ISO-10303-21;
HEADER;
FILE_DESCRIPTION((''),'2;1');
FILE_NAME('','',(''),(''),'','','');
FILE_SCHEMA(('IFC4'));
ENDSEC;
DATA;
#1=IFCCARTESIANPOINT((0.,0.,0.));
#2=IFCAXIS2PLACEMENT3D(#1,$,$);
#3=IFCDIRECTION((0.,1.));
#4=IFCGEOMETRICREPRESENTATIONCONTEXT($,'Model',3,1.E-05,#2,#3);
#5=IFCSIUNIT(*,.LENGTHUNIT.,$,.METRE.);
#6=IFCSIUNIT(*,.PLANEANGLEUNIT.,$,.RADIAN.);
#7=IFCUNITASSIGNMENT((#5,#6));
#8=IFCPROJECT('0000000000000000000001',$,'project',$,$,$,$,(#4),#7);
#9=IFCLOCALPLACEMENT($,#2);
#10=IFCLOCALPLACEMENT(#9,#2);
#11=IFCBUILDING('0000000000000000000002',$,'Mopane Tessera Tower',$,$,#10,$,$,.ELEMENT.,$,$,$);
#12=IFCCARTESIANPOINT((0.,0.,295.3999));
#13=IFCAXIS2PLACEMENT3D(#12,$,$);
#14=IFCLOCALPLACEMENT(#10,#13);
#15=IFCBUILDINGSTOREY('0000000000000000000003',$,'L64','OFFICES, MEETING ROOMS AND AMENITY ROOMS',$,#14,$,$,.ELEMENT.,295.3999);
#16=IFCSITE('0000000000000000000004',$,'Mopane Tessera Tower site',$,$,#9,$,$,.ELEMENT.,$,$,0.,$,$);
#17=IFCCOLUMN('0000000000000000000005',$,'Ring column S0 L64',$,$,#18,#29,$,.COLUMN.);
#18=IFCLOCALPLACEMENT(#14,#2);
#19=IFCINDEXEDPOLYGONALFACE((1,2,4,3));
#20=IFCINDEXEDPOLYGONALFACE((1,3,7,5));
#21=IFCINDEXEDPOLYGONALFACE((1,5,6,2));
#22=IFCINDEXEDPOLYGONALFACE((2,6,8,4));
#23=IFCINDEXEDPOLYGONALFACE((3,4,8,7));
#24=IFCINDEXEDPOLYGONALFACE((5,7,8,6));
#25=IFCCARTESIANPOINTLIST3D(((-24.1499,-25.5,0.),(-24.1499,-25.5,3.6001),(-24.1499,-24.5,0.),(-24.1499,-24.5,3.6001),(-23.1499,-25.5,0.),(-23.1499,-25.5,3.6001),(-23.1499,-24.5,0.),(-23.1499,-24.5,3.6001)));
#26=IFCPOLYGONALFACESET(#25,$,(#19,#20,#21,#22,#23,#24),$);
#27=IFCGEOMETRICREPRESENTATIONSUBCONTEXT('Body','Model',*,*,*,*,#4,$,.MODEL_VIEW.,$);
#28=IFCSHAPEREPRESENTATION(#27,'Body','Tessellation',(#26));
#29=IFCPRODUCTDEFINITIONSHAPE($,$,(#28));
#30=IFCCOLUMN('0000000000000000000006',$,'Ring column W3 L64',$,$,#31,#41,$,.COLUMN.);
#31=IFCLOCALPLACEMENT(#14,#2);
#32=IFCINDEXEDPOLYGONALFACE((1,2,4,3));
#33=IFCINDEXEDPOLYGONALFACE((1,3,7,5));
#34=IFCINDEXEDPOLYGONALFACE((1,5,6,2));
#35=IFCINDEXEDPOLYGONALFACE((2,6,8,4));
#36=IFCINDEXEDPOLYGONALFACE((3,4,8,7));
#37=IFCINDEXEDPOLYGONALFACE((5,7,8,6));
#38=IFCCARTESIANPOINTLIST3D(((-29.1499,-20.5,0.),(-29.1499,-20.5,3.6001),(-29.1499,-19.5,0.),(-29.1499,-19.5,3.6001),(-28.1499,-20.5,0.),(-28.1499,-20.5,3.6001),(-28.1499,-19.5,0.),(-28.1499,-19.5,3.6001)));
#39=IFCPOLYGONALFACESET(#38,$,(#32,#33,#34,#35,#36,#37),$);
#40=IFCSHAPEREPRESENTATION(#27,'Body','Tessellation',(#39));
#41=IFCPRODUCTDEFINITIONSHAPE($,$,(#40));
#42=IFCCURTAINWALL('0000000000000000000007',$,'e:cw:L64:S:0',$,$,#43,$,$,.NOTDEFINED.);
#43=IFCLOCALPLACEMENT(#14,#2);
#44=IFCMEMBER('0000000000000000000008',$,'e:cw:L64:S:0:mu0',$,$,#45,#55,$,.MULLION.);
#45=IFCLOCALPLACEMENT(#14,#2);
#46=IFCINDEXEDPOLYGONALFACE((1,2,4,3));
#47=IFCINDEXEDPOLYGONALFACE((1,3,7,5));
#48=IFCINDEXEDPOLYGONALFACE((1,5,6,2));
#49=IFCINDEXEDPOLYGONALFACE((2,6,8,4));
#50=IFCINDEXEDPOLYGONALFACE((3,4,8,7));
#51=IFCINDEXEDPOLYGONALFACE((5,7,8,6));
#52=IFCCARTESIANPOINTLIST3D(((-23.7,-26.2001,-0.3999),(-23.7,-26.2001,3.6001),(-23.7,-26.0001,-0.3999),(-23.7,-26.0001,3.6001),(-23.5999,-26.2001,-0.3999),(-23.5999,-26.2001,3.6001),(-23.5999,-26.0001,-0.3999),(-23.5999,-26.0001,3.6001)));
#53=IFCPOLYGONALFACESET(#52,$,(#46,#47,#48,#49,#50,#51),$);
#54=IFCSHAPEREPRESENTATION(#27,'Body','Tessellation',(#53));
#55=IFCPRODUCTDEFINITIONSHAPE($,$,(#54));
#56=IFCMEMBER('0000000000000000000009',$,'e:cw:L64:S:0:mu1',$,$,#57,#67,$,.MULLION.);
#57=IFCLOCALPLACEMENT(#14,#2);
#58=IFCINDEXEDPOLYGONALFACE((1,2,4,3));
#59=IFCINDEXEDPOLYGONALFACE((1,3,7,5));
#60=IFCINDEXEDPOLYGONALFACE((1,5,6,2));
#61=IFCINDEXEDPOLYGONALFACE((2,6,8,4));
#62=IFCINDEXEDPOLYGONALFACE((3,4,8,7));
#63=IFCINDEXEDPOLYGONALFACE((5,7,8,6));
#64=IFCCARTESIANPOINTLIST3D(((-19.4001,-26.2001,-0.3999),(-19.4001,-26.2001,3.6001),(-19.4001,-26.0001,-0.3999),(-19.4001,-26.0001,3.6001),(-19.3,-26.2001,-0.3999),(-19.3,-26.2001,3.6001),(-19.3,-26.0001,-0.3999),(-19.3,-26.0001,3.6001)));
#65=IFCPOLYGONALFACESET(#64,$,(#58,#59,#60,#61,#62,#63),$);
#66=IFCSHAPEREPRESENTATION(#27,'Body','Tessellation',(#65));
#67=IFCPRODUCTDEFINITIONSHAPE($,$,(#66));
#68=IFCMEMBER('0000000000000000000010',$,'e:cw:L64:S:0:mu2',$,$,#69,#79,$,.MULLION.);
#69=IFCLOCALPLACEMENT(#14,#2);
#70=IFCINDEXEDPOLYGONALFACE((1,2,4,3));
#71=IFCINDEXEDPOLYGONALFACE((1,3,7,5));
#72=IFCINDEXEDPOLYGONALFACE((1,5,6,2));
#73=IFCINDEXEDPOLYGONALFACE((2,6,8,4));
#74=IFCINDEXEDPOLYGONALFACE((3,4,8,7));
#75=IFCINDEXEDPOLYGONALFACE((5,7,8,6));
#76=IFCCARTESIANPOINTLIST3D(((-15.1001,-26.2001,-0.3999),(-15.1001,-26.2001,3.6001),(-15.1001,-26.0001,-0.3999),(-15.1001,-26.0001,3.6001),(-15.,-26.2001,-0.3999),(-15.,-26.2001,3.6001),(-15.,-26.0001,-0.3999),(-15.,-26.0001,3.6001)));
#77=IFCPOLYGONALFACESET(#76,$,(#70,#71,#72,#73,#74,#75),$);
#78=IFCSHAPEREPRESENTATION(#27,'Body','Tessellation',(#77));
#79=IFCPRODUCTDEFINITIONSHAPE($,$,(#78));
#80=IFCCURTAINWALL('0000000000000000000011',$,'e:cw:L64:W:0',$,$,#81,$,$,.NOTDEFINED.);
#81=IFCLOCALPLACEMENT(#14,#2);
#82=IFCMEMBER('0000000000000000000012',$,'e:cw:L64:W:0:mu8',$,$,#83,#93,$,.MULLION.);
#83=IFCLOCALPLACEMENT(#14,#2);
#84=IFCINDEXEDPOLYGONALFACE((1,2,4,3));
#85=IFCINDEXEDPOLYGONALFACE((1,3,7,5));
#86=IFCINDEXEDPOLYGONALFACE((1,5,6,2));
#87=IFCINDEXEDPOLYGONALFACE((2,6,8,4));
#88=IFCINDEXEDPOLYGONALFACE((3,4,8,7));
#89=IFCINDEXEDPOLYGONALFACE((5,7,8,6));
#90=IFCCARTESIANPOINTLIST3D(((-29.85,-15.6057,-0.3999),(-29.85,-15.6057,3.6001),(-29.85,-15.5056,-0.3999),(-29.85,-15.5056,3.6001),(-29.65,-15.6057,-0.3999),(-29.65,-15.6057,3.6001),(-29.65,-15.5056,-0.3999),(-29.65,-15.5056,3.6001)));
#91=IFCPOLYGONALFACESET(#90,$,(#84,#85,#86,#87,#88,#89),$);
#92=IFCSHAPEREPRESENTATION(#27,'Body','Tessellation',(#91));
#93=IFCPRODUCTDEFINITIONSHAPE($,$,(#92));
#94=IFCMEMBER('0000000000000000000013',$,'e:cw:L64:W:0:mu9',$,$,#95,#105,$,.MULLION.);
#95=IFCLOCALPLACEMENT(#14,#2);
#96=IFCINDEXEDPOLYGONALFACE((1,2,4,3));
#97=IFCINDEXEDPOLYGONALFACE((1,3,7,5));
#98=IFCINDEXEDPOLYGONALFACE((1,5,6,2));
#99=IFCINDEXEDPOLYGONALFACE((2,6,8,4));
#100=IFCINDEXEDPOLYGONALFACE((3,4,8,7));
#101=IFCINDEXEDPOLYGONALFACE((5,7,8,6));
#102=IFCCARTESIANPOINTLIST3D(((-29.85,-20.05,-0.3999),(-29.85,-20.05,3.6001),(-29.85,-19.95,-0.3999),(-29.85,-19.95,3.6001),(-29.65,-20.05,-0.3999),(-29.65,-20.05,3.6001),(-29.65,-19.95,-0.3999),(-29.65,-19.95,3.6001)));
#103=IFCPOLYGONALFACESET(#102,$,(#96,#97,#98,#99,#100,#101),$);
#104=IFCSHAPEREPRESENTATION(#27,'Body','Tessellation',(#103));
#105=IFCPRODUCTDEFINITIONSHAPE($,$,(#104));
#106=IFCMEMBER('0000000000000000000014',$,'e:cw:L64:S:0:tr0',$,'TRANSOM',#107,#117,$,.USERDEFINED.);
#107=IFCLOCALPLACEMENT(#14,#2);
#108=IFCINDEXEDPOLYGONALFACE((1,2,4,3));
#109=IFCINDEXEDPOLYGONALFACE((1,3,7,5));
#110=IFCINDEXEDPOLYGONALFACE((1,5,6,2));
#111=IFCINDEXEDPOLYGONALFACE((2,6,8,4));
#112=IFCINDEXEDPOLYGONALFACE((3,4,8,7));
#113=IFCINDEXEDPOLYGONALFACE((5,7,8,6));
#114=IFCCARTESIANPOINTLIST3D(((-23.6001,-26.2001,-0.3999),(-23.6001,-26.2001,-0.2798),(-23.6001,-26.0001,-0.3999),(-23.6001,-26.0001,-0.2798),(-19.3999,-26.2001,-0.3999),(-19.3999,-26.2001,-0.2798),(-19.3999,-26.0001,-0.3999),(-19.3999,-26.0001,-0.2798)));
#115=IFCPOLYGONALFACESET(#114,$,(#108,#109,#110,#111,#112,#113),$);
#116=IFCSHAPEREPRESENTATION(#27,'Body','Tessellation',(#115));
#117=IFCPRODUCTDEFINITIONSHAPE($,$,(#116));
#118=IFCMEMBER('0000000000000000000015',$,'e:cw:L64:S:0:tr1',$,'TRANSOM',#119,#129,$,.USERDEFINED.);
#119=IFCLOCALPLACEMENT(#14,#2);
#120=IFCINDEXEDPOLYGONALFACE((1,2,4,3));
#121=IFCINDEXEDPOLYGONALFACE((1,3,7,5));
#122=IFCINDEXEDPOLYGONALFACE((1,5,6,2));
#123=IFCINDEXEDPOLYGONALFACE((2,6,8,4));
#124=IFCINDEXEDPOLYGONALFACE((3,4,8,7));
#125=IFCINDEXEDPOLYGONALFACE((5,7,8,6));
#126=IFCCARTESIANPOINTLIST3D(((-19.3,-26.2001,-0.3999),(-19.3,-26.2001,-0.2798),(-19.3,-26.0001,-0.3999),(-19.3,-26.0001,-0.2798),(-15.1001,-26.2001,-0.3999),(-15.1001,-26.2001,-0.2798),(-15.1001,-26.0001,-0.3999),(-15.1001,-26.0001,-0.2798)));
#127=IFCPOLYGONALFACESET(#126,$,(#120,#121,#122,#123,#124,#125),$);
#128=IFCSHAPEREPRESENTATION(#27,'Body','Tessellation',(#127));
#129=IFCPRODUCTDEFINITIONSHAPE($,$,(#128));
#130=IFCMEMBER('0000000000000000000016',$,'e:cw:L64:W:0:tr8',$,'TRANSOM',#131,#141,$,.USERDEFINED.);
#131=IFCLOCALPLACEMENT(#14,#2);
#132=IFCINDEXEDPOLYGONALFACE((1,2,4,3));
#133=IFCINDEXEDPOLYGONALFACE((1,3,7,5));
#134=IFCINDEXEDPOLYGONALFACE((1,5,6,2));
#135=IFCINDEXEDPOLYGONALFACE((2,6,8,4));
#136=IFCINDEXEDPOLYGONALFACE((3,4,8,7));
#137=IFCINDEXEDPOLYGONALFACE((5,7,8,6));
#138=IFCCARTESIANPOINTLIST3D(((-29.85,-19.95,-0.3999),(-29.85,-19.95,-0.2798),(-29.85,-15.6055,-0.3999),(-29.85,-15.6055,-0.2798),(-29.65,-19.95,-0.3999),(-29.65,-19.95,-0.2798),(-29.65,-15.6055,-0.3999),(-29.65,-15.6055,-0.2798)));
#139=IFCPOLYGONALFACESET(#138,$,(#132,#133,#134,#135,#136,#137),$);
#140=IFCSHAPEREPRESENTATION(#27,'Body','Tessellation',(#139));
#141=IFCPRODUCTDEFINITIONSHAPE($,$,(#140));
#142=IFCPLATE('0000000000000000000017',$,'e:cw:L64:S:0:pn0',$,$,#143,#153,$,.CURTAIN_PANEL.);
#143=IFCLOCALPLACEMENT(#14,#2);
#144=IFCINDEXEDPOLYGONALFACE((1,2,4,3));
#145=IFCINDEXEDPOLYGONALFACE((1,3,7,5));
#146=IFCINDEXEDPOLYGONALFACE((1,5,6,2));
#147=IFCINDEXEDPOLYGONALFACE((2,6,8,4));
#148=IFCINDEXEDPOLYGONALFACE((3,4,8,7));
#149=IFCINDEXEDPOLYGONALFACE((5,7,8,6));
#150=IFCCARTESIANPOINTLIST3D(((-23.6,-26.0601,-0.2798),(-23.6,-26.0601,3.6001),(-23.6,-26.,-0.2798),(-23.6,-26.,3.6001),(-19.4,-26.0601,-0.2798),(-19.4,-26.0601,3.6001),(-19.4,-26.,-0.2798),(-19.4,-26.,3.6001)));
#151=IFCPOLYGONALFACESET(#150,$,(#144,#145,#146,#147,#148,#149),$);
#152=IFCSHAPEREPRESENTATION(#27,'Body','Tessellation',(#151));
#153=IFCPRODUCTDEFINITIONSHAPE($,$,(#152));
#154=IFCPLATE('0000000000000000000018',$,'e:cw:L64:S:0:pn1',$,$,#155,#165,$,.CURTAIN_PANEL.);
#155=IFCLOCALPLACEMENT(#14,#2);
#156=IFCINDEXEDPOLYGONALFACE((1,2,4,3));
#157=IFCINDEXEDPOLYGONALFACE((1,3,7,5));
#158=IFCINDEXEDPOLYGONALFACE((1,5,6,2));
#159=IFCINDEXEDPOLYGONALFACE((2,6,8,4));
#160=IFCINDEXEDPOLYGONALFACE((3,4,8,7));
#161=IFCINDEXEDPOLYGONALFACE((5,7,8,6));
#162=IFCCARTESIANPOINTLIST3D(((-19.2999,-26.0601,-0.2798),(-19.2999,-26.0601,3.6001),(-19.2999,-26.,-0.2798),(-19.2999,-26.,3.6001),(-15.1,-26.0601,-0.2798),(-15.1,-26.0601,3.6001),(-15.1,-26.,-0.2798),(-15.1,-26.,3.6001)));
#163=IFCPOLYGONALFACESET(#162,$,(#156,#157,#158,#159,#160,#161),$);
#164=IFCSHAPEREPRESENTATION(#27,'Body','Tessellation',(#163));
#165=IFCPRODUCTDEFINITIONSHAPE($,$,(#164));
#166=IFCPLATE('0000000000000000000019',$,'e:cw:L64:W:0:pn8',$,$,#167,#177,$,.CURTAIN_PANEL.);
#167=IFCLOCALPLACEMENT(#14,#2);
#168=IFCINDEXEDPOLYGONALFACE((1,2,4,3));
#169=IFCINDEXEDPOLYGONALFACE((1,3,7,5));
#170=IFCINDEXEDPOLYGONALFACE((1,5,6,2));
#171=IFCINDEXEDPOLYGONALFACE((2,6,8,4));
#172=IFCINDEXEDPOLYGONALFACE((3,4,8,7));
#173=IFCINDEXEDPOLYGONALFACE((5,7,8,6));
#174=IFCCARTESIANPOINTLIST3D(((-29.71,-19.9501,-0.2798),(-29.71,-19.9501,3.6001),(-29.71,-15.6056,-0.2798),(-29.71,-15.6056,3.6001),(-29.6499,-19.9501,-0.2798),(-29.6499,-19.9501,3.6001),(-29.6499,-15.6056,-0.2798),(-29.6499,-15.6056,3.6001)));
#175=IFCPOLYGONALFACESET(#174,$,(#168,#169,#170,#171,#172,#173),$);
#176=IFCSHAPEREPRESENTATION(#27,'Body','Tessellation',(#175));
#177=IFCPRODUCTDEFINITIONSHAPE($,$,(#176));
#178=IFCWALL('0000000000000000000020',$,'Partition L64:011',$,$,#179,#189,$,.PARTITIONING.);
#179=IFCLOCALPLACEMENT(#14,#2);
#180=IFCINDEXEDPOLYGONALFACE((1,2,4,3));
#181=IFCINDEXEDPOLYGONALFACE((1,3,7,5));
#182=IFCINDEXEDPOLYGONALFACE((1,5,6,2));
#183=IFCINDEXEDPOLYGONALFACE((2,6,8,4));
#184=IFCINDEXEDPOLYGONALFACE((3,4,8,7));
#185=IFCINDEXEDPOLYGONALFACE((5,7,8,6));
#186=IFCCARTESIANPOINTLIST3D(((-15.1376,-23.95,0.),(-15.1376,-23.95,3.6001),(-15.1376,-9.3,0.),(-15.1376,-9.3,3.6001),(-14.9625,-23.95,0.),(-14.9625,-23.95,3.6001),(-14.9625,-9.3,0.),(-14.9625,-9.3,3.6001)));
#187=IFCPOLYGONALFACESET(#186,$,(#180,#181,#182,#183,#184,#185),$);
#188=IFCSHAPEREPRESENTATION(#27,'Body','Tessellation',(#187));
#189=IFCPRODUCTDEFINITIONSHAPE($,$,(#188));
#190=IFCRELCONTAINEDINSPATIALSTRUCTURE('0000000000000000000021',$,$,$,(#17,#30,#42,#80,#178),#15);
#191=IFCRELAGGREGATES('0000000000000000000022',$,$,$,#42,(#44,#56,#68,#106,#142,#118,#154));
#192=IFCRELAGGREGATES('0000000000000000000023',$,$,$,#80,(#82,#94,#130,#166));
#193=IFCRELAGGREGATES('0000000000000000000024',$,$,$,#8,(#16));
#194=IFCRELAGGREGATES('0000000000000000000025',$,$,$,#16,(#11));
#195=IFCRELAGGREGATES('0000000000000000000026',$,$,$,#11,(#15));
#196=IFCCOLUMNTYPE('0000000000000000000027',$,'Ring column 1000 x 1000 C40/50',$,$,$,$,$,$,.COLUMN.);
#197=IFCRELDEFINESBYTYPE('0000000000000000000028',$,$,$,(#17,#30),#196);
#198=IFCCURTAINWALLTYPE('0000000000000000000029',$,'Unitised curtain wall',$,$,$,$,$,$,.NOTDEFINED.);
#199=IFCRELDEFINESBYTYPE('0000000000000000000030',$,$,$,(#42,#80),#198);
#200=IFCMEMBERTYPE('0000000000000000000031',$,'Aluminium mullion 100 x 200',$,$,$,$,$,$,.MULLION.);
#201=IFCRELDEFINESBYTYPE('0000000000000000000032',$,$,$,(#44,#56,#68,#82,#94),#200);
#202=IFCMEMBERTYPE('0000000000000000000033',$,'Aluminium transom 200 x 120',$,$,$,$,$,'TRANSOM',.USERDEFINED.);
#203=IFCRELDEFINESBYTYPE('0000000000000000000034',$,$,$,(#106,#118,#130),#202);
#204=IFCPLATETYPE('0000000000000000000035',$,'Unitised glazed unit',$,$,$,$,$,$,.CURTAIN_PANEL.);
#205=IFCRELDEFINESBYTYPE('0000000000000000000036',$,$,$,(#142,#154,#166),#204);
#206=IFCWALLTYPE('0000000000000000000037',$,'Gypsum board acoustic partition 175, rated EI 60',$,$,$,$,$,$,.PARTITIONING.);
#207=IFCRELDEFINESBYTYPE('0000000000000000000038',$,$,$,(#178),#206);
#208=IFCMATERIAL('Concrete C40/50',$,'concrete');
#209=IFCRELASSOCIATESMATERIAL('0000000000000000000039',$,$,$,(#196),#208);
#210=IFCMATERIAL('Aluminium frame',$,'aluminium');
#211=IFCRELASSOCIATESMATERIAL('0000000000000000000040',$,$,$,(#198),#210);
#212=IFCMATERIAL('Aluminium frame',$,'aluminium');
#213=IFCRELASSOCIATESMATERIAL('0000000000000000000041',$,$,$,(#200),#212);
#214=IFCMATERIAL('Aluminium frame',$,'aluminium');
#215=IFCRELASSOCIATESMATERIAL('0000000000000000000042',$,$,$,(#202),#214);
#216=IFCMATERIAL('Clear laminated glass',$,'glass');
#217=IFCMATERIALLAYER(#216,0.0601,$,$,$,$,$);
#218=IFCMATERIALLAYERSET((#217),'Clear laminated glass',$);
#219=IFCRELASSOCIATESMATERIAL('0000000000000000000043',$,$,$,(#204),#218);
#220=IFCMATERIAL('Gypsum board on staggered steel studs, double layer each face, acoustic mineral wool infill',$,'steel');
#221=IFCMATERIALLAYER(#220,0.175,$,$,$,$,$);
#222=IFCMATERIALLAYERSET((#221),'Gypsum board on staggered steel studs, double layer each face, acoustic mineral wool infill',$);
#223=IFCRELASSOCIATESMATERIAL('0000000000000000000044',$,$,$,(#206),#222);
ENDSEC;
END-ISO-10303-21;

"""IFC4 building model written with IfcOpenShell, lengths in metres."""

from ifc_helpers import new_model, si_unit, direction, frame, frame_2d, origin, origin_2d, place, context, subcontext, project, spatial, rectangle, extrude, material, layer, layer_set, material_profile, profile_set, type_object, element, aggregate, save


model = new_model("IFC4")

# Units and contexts
model_context = context("Model", 3, precision=1e-05, world=origin(), true_north=direction((0.0, 1.0)))
body_context = subcontext(model_context, "Body", "Model", "MODEL_VIEW")
ifc_project = project(units=[si_unit("LENGTHUNIT", "METRE"), si_unit("PLANEANGLEUNIT", "RADIAN")], contexts=[model_context])

# Site, building, storey
site_placement = place(None, origin())
site = spatial("IfcSite", under=ifc_project, at=site_placement, Name="Mopane Tessera Tower site", CompositionType="ELEMENT", RefElevation=0.0)
building_placement = place(site_placement, origin())
building = spatial("IfcBuilding", under=site, at=building_placement, Name="Mopane Tessera Tower", CompositionType="ELEMENT")
storey_placement = place(building_placement, frame((0.0, 0.0, 295.3999)))
storey = spatial("IfcBuildingStorey", under=building, at=storey_placement, Name="L64", Description="OFFICES, MEETING ROOMS AND AMENITY ROOMS", CompositionType="ELEMENT", Elevation=295.3999)

# Columns
ifc_material_1 = material(Name="Concrete C40/50", Category="concrete")
ifc_material_profile_1 = material_profile(ifc_material_1, rectangle(XDim=1.0, YDim=1.0, at=origin_2d()))
ifc_profile_set_1 = profile_set([ifc_material_profile_1], Name="Concrete C40/50")
column_type = type_object("IfcColumnType", Name="Ring column 1000 x 1000 C40/50", PredefinedType="COLUMN", material=ifc_profile_set_1)
for number, where, z_axis, x_axis, name in (
    (1, (-23.6499, -25.0, 0.0), (0.0, 0.0, 1.0), (1.0, 0.0, 0.0), "Ring column S0 L64"),
    (2, (-28.6499, -20.0, 0.0), (0.0, 0.0, 1.0), (1.0, 0.0, 0.0), "Ring column W3 L64"),
):
    element("IfcColumn", number, at=place(storey_placement, frame(where, z_axis=z_axis, x_axis=x_axis)), inside=storey, type_object=column_type, Name=name, PredefinedType="COLUMN", context=body_context, shape_type="SweptSolid", body=[
        extrude(rectangle(XDim=1.0, YDim=1.0, at=origin_2d()), origin(), (0.0, 0.0, 1.0), 3.6001),
    ])

# Curtain walls, members
ifc_material_2 = material(Name="Aluminium frame", Category="aluminium")
curtain_wall_type = type_object("IfcCurtainWallType", Name="Unitised curtain wall", PredefinedType="NOTDEFINED", material=ifc_material_2)
curtain_wall_1_placement = place(storey_placement, origin())
curtain_wall_1 = element("IfcCurtainWall", 3, at=curtain_wall_1_placement, inside=storey, type_object=curtain_wall_type, Name="e:cw:L64:S:0", PredefinedType="NOTDEFINED")
ifc_material_3 = material(Name="Aluminium frame", Category="aluminium")
ifc_material_profile_2 = material_profile(ifc_material_3, rectangle(XDim=0.1001, YDim=0.2, at=origin_2d()))
ifc_profile_set_2 = profile_set([ifc_material_profile_2], Name="Aluminium frame")
member_type_1 = type_object("IfcMemberType", Name="Aluminium mullion 100 x 200", PredefinedType="MULLION", material=ifc_profile_set_2)
member_1_placement = place(storey_placement, frame((-23.6499, -26.1001, -0.3999), z_axis=(0.0, 0.0, 1.0), x_axis=(1.0, 0.0, 0.0)))
member_1 = element("IfcMember", 4, at=member_1_placement, type_object=member_type_1, Name="e:cw:L64:S:0:mu0", PredefinedType="MULLION", context=body_context, shape_type="SweptSolid", body=[
    extrude(rectangle(XDim=0.1001, YDim=0.2, at=origin_2d()), origin(), (0.0, 0.0, 1.0), 4.0),
])
member_2_placement = place(storey_placement, frame((-19.3501, -26.1001, -0.3999), z_axis=(0.0, 0.0, 1.0), x_axis=(1.0, 0.0, 0.0)))
member_2 = element("IfcMember", 5, at=member_2_placement, type_object=member_type_1, Name="e:cw:L64:S:0:mu1", PredefinedType="MULLION", context=body_context, shape_type="SweptSolid", body=[
    extrude(rectangle(XDim=0.1001, YDim=0.2, at=origin_2d()), origin(), (0.0, 0.0, 1.0), 4.0),
])
member_3_placement = place(storey_placement, frame((-15.05, -26.1001, -0.3999), z_axis=(0.0, 0.0, 1.0), x_axis=(1.0, 0.0, 0.0)))
member_3 = element("IfcMember", 6, at=member_3_placement, type_object=member_type_1, Name="e:cw:L64:S:0:mu2", PredefinedType="MULLION", context=body_context, shape_type="SweptSolid", body=[
    extrude(rectangle(XDim=0.1001, YDim=0.2, at=origin_2d()), origin(), (0.0, 0.0, 1.0), 4.0),
])
curtain_wall_2_placement = place(storey_placement, origin())
curtain_wall_2 = element("IfcCurtainWall", 7, at=curtain_wall_2_placement, inside=storey, type_object=curtain_wall_type, Name="e:cw:L64:W:0", PredefinedType="NOTDEFINED")
member_4_placement = place(storey_placement, frame((-29.75, -15.5557, -0.3999), z_axis=(0.0, 0.0, 1.0), x_axis=(0.0, -1.0, 0.0)))
member_4 = element("IfcMember", 8, at=member_4_placement, type_object=member_type_1, Name="e:cw:L64:W:0:mu8", PredefinedType="MULLION", context=body_context, shape_type="SweptSolid", body=[
    extrude(rectangle(XDim=0.1001, YDim=0.2, at=origin_2d()), origin(), (0.0, 0.0, 1.0), 4.0),
])
member_5_placement = place(storey_placement, frame((-29.75, -20.0, -0.3999), z_axis=(0.0, 0.0, 1.0), x_axis=(0.0, -1.0, 0.0)))
member_5 = element("IfcMember", 9, at=member_5_placement, type_object=member_type_1, Name="e:cw:L64:W:0:mu9", PredefinedType="MULLION", context=body_context, shape_type="SweptSolid", body=[
    extrude(rectangle(XDim=0.1001, YDim=0.2, at=origin_2d()), origin(), (0.0, 0.0, 1.0), 4.0),
])

# Members
ifc_material_4 = material(Name="Aluminium frame", Category="aluminium")
ifc_material_profile_3 = material_profile(ifc_material_4, rectangle(XDim=0.2, YDim=0.1201, at=origin_2d()))
ifc_profile_set_3 = profile_set([ifc_material_profile_3], Name="Aluminium frame")
member_type_2 = type_object("IfcMemberType", Name="Aluminium transom 200 x 120", ElementType="TRANSOM", PredefinedType="USERDEFINED", material=ifc_profile_set_3)
member_6_placement = place(storey_placement, frame((-23.6001, -26.1001, -0.3398), z_axis=(1.0, 0.0, 0.0), x_axis=(0.0, 1.0, 0.0)))
member_6 = element("IfcMember", 10, at=member_6_placement, type_object=member_type_2, Name="e:cw:L64:S:0:tr0", ObjectType="TRANSOM", PredefinedType="USERDEFINED", context=body_context, shape_type="SweptSolid", body=[
    extrude(rectangle(XDim=0.2, YDim=0.1201, at=origin_2d()), origin(), (0.0, 0.0, 1.0), 4.2002),
])
member_7_placement = place(storey_placement, frame((-19.3, -26.1001, -0.3398), z_axis=(1.0, 0.0, 0.0), x_axis=(0.0, 1.0, 0.0)))
member_7 = element("IfcMember", 11, at=member_7_placement, type_object=member_type_2, Name="e:cw:L64:S:0:tr1", ObjectType="TRANSOM", PredefinedType="USERDEFINED", context=body_context, shape_type="SweptSolid", body=[
    extrude(rectangle(XDim=0.2, YDim=0.1201, at=origin_2d()), origin(), (0.0, 0.0, 1.0), 4.2),
])
member_8_placement = place(storey_placement, frame((-29.75, -15.6055, -0.3398), z_axis=(0.0, -1.0, 0.0), x_axis=(1.0, 0.0, 0.0)))
member_8 = element("IfcMember", 12, at=member_8_placement, type_object=member_type_2, Name="e:cw:L64:W:0:tr8", ObjectType="TRANSOM", PredefinedType="USERDEFINED", context=body_context, shape_type="SweptSolid", body=[
    extrude(rectangle(XDim=0.2, YDim=0.1201, at=origin_2d()), origin(), (0.0, 0.0, 1.0), 4.3445),
])

# Plates
ifc_material_5 = material(Name="Clear laminated glass", Category="glass")
ifc_layer_1 = layer(ifc_material_5, 0.0601)
ifc_layer_set_1 = layer_set([ifc_layer_1], Name="Clear laminated glass")
plate_type = type_object("IfcPlateType", Name="Unitised glazed unit", PredefinedType="CURTAIN_PANEL", material=ifc_layer_set_1)
plate_1_placement = place(storey_placement, frame((-21.5, -26.03, -0.2798), z_axis=(0.0, 0.0, 1.0), x_axis=(1.0, 0.0, 0.0)))
plate_1 = element("IfcPlate", 13, at=plate_1_placement, type_object=plate_type, Name="e:cw:L64:S:0:pn0", PredefinedType="CURTAIN_PANEL", context=body_context, shape_type="SweptSolid", body=[
    extrude(rectangle(XDim=4.2, YDim=0.0601, at=origin_2d()), origin(), (0.0, 0.0, 1.0), 3.8799),
])
plate_2_placement = place(storey_placement, frame((-17.2, -26.03, -0.2798), z_axis=(0.0, 0.0, 1.0), x_axis=(1.0, 0.0, 0.0)))
plate_2 = element("IfcPlate", 14, at=plate_2_placement, type_object=plate_type, Name="e:cw:L64:S:0:pn1", PredefinedType="CURTAIN_PANEL", context=body_context, shape_type="SweptSolid", body=[
    extrude(rectangle(XDim=4.2, YDim=0.0601, at=origin_2d()), origin(), (0.0, 0.0, 1.0), 3.8799),
])
aggregate(curtain_wall_1, [member_1, member_2, member_3, member_6, plate_1, member_7, plate_2])
plate_3_placement = place(storey_placement, frame((-29.6799, -17.7778, -0.2798), z_axis=(0.0, 0.0, 1.0), x_axis=(0.0, -1.0, 0.0)))
plate_3 = element("IfcPlate", 15, at=plate_3_placement, type_object=plate_type, Name="e:cw:L64:W:0:pn8", PredefinedType="CURTAIN_PANEL", context=body_context, shape_type="SweptSolid", body=[
    extrude(rectangle(XDim=4.3445, YDim=0.0601, at=origin_2d()), origin(), (0.0, 0.0, 1.0), 3.8799),
])
aggregate(curtain_wall_2, [member_4, member_5, member_8, plate_3])

# Wall
ifc_material_6 = material(Name="Gypsum board on staggered steel studs, double layer each face, acoustic mineral wool infill", Category="steel")
ifc_layer_2 = layer(ifc_material_6, 0.175)
ifc_layer_set_2 = layer_set([ifc_layer_2], Name="Gypsum board on staggered steel studs, double layer each face, acoustic mineral wool infill")
wall_type_1 = type_object("IfcWallType", Name="Gypsum board acoustic partition 175, rated EI 60", PredefinedType="PARTITIONING", material=ifc_layer_set_2)
wall_1_placement = place(storey_placement, frame((-15.05, -23.95, 0.0), z_axis=(0.0, 0.0, 1.0), x_axis=(0.0, 1.0, 0.0)))
element("IfcWall", 16, at=wall_1_placement, inside=storey, type_object=wall_type_1, Name="Partition L64:011", PredefinedType="PARTITIONING", context=body_context, shape_type="SweptSolid", body=[
    extrude(rectangle(XDim=14.6499, YDim=0.175, at=frame_2d((7.325, 0.0))), origin(), (0.0, 0.0, 1.0), 3.6001),
])

save(model, "model.ifc")
